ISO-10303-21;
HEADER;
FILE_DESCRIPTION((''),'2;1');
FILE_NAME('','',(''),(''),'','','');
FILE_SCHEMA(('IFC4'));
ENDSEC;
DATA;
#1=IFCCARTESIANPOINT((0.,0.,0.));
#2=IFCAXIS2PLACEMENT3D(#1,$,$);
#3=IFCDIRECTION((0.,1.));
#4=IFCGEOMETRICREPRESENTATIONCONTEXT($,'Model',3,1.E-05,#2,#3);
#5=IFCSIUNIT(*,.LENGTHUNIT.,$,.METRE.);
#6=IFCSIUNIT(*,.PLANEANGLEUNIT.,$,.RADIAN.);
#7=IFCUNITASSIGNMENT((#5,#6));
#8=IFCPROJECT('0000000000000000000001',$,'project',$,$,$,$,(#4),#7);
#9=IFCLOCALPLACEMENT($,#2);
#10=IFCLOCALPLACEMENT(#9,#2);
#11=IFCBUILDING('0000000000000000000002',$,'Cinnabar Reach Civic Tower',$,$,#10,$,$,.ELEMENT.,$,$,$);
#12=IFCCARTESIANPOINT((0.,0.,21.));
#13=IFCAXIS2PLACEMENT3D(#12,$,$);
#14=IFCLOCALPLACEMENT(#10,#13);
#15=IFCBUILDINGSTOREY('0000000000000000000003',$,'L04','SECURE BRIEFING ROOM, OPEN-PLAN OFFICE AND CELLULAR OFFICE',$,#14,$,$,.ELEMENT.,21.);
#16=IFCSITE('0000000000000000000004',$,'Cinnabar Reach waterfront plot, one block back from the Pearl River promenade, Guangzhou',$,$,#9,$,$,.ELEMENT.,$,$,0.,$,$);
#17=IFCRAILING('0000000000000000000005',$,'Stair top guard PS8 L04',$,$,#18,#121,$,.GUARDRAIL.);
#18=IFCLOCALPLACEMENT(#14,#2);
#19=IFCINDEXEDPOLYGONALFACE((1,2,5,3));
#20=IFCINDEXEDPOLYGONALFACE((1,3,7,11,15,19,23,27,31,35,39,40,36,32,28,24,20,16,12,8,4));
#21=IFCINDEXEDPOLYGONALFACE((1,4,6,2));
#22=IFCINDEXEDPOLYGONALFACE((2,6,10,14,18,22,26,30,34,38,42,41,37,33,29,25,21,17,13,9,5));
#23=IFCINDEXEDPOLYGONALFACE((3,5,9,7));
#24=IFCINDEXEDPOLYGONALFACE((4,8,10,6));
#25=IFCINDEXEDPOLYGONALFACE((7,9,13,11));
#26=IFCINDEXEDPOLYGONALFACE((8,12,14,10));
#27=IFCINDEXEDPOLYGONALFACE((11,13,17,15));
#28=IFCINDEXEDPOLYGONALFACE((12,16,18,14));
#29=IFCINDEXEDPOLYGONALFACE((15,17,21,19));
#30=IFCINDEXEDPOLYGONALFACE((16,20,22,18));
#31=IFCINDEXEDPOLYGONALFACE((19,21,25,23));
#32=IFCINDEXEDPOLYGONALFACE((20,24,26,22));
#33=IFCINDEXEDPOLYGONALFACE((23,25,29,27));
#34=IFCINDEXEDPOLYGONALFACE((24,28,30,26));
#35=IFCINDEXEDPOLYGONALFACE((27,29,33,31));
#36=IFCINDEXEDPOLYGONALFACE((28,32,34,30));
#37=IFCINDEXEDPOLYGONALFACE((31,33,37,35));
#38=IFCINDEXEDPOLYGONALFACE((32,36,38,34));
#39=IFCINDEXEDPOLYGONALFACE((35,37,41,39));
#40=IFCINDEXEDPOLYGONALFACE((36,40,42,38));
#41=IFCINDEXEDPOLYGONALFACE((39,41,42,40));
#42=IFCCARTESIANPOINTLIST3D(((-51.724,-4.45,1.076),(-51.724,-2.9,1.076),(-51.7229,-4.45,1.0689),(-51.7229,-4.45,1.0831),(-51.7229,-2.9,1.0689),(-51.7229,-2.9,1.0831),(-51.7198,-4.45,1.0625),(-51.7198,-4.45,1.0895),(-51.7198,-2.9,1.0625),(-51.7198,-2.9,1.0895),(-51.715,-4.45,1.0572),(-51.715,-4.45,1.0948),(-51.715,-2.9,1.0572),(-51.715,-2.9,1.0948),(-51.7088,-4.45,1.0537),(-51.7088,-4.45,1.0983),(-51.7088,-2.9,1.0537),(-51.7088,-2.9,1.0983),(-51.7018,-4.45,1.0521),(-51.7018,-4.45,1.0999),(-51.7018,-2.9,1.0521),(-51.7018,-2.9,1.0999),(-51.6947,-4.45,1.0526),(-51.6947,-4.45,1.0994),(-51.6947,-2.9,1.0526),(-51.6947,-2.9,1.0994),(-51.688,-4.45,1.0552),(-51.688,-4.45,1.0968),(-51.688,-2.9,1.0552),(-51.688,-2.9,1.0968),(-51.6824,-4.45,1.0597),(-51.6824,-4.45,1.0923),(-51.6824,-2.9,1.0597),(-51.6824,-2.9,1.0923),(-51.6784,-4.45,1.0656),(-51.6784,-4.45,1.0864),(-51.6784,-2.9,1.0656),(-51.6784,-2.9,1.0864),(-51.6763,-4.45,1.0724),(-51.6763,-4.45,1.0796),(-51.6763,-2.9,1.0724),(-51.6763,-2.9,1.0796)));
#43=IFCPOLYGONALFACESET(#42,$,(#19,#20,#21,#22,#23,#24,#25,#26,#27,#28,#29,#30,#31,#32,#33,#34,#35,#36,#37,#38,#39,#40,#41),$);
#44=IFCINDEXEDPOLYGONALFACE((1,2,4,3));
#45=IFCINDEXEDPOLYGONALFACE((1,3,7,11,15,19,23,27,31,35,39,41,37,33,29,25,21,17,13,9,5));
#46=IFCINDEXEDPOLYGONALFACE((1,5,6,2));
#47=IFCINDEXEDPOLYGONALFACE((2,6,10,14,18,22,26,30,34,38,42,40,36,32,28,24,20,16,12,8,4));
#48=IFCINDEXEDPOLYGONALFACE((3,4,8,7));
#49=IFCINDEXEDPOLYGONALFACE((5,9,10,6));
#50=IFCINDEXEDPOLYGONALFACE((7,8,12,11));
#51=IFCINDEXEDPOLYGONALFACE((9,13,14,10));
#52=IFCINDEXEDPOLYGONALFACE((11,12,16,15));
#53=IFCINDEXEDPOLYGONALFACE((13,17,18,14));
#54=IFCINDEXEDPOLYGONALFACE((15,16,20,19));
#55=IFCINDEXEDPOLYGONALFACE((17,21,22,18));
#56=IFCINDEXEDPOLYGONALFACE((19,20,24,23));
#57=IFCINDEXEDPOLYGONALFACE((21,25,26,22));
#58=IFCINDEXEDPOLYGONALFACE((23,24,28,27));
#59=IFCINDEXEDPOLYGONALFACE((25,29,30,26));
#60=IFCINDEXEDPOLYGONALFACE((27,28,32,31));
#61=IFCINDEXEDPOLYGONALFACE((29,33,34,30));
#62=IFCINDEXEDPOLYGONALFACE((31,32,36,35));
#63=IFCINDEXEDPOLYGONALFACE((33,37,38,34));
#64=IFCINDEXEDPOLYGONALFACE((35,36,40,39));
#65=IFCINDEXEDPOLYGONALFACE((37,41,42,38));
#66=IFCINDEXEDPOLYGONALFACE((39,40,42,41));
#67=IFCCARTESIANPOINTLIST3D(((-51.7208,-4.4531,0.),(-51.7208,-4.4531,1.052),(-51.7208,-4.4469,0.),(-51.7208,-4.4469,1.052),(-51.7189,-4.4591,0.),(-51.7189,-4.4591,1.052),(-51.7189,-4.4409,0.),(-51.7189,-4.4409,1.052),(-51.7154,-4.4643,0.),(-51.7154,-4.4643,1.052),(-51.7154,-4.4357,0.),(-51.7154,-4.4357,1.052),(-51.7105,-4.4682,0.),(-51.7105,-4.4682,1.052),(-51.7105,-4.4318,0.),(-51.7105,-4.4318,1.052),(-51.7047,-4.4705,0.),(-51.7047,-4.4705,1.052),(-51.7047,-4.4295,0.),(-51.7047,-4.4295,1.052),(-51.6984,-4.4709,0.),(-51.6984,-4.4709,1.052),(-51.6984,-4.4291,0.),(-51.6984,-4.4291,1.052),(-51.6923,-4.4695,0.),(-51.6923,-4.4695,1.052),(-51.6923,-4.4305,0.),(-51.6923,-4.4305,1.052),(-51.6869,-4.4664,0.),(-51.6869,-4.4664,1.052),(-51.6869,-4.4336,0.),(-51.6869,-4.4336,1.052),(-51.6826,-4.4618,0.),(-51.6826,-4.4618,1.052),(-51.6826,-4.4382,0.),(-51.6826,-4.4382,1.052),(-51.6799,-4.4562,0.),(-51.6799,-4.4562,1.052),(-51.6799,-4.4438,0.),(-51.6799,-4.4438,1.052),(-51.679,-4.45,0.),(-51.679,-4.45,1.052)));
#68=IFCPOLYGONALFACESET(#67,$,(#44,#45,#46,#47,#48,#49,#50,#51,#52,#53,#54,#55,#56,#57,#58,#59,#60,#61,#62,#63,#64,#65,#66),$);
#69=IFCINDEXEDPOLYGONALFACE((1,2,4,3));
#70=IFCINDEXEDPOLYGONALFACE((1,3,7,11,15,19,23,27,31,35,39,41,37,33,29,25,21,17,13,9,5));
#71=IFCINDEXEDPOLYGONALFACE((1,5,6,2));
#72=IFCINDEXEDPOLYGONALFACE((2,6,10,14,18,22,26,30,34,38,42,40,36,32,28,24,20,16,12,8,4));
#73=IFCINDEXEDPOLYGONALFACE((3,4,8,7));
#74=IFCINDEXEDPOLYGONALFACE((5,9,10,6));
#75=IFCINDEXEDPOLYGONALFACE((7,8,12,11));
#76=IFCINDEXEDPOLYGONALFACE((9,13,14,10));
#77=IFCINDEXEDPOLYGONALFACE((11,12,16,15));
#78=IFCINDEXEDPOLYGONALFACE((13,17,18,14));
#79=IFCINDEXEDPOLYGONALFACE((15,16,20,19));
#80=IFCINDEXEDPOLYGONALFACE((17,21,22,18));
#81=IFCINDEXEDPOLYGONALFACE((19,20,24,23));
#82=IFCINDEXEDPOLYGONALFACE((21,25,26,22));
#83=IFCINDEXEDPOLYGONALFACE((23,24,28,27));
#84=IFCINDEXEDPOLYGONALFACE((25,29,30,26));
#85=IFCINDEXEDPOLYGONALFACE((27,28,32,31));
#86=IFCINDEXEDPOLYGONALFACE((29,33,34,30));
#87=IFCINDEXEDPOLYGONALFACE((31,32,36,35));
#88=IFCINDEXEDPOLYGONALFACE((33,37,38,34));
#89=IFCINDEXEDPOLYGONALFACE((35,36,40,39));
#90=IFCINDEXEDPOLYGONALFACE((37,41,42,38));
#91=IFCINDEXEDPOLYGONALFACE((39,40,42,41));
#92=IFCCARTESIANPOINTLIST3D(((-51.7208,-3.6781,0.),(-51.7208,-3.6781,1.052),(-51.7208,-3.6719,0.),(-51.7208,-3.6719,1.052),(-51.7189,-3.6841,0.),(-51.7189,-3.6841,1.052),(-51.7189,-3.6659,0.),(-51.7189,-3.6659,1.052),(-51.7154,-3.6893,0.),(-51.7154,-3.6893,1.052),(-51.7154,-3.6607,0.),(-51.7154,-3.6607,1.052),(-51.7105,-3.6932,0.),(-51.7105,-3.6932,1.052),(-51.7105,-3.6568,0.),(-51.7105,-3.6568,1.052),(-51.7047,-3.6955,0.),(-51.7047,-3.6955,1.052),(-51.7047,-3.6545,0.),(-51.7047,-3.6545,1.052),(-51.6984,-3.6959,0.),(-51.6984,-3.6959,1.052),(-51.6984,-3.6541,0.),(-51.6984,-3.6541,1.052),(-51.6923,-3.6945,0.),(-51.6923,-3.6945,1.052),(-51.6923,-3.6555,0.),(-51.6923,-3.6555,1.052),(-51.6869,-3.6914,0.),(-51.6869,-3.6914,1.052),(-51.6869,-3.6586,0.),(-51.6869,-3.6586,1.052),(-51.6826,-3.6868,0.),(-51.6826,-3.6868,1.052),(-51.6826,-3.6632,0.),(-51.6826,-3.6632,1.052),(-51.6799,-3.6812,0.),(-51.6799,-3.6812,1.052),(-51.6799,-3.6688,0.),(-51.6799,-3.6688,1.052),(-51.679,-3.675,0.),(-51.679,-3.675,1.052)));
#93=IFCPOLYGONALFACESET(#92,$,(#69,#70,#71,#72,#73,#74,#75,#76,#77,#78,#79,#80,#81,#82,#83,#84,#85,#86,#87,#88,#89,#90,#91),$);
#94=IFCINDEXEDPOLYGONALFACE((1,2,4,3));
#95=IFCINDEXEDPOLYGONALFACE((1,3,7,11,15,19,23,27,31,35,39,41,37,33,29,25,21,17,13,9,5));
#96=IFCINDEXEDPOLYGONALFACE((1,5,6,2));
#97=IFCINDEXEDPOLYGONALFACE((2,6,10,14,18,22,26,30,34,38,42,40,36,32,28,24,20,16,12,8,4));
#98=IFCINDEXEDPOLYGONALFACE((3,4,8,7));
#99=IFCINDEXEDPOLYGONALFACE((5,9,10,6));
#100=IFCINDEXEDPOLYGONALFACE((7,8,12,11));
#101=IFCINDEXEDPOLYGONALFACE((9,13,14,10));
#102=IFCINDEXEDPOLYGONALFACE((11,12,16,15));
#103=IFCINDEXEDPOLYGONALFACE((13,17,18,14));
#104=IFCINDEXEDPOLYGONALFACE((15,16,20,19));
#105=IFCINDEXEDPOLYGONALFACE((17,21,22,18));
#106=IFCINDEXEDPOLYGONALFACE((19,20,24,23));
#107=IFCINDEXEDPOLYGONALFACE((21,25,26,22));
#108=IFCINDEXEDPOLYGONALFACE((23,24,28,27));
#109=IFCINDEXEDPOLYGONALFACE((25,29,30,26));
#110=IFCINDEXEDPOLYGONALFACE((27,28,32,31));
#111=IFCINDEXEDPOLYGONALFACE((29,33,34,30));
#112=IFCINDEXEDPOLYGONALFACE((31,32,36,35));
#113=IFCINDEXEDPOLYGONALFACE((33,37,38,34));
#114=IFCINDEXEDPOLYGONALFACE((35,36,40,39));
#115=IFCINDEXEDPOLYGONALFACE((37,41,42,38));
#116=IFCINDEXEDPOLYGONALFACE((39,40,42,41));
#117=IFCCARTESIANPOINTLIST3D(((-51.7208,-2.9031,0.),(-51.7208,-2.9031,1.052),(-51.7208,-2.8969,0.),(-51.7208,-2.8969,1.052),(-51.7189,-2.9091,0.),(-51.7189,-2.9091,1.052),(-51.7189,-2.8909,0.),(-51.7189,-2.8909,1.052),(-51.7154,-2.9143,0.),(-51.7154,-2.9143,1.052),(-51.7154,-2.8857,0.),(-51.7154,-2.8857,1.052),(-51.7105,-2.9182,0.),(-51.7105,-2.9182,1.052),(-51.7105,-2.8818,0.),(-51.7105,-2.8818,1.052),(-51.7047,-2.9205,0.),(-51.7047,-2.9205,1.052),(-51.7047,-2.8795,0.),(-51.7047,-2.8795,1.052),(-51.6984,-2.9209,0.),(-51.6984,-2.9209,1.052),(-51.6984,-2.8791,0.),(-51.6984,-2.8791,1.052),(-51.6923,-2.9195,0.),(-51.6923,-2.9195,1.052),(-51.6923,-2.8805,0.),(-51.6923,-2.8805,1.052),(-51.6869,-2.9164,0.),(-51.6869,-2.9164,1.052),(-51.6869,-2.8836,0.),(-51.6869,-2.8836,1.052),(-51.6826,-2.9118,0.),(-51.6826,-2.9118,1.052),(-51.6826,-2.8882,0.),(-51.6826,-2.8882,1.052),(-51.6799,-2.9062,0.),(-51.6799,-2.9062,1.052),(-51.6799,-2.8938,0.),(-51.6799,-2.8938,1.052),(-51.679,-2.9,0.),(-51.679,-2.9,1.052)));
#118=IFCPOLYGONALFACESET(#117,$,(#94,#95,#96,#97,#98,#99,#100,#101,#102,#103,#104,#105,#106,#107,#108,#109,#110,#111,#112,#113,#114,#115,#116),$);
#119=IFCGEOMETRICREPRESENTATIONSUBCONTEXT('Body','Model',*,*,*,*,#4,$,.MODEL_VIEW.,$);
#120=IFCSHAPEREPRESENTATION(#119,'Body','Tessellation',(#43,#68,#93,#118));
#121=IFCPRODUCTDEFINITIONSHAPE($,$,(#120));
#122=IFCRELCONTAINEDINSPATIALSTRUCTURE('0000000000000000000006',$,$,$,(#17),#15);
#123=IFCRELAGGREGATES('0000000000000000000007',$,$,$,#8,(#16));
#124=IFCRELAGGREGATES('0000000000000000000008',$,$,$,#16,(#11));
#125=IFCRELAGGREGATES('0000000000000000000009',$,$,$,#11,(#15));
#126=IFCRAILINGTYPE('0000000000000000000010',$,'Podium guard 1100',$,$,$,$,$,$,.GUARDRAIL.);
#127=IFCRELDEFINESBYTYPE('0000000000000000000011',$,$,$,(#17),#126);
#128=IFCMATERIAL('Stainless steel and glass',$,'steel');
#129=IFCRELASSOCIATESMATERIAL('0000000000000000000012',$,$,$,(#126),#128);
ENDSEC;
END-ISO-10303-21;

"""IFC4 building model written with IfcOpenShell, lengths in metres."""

from ifc_helpers import new_model, si_unit, direction, frame, origin, origin_2d, place, context, subcontext, project, spatial, circle, extrude, material, type_object, element, save


model = new_model("IFC4")

# Units and contexts
model_context = context("Model", 3, precision=1e-05, world=origin(), true_north=direction((0.0, 1.0)))
body_context = subcontext(model_context, "Body", "Model", "MODEL_VIEW")
ifc_project = project(units=[si_unit("LENGTHUNIT", "METRE"), si_unit("PLANEANGLEUNIT", "RADIAN")], contexts=[model_context])

# Site, building, storey
site_placement = place(None, origin())
site = spatial("IfcSite", under=ifc_project, at=site_placement, Name="Cinnabar Reach waterfront plot, one block back from the Pearl River promenade, Guangzhou", CompositionType="ELEMENT", RefElevation=0.0)
building_placement = place(site_placement, origin())
building = spatial("IfcBuilding", under=site, at=building_placement, Name="Cinnabar Reach Civic Tower", CompositionType="ELEMENT")
storey_placement = place(building_placement, frame((0.0, 0.0, 21.0)))
storey = spatial("IfcBuildingStorey", under=building, at=storey_placement, Name="L04", Description="SECURE BRIEFING ROOM, OPEN-PLAN OFFICE AND CELLULAR OFFICE", CompositionType="ELEMENT", Elevation=21.0)

# Railing
ifc_material_1 = material(Name="Stainless steel and glass", Category="steel")
railing_type = type_object("IfcRailingType", Name="Podium guard 1100", PredefinedType="GUARDRAIL", material=ifc_material_1)
railing_1_placement = place(storey_placement, frame((-51.7, -4.45, 0.0)))
element("IfcRailing", 1, at=railing_1_placement, inside=storey, type_object=railing_type, Name="Stair top guard PS8 L04", PredefinedType="GUARDRAIL", context=body_context, shape_type="SweptSolid", body=[
    extrude(circle(Radius=0.024, at=origin_2d()), frame((0.0, 0.0, 1.076), z_axis=(0.0, 1.0, 0.0), x_axis=(-1.0, 0.0, 0.0)), (0.0, 0.0, 1.0), 1.55),
    extrude(circle(Radius=0.021, at=origin_2d()), origin(), (0.0, 0.0, 1.0), 1.052),
    extrude(circle(Radius=0.021, at=origin_2d()), frame((0.0, 0.775, 0.0)), (0.0, 0.0, 1.0), 1.052),
    extrude(circle(Radius=0.021, at=origin_2d()), frame((0.0, 1.55, 0.0)), (0.0, 0.0, 1.0), 1.052),
])

save(model, "model.ifc")
